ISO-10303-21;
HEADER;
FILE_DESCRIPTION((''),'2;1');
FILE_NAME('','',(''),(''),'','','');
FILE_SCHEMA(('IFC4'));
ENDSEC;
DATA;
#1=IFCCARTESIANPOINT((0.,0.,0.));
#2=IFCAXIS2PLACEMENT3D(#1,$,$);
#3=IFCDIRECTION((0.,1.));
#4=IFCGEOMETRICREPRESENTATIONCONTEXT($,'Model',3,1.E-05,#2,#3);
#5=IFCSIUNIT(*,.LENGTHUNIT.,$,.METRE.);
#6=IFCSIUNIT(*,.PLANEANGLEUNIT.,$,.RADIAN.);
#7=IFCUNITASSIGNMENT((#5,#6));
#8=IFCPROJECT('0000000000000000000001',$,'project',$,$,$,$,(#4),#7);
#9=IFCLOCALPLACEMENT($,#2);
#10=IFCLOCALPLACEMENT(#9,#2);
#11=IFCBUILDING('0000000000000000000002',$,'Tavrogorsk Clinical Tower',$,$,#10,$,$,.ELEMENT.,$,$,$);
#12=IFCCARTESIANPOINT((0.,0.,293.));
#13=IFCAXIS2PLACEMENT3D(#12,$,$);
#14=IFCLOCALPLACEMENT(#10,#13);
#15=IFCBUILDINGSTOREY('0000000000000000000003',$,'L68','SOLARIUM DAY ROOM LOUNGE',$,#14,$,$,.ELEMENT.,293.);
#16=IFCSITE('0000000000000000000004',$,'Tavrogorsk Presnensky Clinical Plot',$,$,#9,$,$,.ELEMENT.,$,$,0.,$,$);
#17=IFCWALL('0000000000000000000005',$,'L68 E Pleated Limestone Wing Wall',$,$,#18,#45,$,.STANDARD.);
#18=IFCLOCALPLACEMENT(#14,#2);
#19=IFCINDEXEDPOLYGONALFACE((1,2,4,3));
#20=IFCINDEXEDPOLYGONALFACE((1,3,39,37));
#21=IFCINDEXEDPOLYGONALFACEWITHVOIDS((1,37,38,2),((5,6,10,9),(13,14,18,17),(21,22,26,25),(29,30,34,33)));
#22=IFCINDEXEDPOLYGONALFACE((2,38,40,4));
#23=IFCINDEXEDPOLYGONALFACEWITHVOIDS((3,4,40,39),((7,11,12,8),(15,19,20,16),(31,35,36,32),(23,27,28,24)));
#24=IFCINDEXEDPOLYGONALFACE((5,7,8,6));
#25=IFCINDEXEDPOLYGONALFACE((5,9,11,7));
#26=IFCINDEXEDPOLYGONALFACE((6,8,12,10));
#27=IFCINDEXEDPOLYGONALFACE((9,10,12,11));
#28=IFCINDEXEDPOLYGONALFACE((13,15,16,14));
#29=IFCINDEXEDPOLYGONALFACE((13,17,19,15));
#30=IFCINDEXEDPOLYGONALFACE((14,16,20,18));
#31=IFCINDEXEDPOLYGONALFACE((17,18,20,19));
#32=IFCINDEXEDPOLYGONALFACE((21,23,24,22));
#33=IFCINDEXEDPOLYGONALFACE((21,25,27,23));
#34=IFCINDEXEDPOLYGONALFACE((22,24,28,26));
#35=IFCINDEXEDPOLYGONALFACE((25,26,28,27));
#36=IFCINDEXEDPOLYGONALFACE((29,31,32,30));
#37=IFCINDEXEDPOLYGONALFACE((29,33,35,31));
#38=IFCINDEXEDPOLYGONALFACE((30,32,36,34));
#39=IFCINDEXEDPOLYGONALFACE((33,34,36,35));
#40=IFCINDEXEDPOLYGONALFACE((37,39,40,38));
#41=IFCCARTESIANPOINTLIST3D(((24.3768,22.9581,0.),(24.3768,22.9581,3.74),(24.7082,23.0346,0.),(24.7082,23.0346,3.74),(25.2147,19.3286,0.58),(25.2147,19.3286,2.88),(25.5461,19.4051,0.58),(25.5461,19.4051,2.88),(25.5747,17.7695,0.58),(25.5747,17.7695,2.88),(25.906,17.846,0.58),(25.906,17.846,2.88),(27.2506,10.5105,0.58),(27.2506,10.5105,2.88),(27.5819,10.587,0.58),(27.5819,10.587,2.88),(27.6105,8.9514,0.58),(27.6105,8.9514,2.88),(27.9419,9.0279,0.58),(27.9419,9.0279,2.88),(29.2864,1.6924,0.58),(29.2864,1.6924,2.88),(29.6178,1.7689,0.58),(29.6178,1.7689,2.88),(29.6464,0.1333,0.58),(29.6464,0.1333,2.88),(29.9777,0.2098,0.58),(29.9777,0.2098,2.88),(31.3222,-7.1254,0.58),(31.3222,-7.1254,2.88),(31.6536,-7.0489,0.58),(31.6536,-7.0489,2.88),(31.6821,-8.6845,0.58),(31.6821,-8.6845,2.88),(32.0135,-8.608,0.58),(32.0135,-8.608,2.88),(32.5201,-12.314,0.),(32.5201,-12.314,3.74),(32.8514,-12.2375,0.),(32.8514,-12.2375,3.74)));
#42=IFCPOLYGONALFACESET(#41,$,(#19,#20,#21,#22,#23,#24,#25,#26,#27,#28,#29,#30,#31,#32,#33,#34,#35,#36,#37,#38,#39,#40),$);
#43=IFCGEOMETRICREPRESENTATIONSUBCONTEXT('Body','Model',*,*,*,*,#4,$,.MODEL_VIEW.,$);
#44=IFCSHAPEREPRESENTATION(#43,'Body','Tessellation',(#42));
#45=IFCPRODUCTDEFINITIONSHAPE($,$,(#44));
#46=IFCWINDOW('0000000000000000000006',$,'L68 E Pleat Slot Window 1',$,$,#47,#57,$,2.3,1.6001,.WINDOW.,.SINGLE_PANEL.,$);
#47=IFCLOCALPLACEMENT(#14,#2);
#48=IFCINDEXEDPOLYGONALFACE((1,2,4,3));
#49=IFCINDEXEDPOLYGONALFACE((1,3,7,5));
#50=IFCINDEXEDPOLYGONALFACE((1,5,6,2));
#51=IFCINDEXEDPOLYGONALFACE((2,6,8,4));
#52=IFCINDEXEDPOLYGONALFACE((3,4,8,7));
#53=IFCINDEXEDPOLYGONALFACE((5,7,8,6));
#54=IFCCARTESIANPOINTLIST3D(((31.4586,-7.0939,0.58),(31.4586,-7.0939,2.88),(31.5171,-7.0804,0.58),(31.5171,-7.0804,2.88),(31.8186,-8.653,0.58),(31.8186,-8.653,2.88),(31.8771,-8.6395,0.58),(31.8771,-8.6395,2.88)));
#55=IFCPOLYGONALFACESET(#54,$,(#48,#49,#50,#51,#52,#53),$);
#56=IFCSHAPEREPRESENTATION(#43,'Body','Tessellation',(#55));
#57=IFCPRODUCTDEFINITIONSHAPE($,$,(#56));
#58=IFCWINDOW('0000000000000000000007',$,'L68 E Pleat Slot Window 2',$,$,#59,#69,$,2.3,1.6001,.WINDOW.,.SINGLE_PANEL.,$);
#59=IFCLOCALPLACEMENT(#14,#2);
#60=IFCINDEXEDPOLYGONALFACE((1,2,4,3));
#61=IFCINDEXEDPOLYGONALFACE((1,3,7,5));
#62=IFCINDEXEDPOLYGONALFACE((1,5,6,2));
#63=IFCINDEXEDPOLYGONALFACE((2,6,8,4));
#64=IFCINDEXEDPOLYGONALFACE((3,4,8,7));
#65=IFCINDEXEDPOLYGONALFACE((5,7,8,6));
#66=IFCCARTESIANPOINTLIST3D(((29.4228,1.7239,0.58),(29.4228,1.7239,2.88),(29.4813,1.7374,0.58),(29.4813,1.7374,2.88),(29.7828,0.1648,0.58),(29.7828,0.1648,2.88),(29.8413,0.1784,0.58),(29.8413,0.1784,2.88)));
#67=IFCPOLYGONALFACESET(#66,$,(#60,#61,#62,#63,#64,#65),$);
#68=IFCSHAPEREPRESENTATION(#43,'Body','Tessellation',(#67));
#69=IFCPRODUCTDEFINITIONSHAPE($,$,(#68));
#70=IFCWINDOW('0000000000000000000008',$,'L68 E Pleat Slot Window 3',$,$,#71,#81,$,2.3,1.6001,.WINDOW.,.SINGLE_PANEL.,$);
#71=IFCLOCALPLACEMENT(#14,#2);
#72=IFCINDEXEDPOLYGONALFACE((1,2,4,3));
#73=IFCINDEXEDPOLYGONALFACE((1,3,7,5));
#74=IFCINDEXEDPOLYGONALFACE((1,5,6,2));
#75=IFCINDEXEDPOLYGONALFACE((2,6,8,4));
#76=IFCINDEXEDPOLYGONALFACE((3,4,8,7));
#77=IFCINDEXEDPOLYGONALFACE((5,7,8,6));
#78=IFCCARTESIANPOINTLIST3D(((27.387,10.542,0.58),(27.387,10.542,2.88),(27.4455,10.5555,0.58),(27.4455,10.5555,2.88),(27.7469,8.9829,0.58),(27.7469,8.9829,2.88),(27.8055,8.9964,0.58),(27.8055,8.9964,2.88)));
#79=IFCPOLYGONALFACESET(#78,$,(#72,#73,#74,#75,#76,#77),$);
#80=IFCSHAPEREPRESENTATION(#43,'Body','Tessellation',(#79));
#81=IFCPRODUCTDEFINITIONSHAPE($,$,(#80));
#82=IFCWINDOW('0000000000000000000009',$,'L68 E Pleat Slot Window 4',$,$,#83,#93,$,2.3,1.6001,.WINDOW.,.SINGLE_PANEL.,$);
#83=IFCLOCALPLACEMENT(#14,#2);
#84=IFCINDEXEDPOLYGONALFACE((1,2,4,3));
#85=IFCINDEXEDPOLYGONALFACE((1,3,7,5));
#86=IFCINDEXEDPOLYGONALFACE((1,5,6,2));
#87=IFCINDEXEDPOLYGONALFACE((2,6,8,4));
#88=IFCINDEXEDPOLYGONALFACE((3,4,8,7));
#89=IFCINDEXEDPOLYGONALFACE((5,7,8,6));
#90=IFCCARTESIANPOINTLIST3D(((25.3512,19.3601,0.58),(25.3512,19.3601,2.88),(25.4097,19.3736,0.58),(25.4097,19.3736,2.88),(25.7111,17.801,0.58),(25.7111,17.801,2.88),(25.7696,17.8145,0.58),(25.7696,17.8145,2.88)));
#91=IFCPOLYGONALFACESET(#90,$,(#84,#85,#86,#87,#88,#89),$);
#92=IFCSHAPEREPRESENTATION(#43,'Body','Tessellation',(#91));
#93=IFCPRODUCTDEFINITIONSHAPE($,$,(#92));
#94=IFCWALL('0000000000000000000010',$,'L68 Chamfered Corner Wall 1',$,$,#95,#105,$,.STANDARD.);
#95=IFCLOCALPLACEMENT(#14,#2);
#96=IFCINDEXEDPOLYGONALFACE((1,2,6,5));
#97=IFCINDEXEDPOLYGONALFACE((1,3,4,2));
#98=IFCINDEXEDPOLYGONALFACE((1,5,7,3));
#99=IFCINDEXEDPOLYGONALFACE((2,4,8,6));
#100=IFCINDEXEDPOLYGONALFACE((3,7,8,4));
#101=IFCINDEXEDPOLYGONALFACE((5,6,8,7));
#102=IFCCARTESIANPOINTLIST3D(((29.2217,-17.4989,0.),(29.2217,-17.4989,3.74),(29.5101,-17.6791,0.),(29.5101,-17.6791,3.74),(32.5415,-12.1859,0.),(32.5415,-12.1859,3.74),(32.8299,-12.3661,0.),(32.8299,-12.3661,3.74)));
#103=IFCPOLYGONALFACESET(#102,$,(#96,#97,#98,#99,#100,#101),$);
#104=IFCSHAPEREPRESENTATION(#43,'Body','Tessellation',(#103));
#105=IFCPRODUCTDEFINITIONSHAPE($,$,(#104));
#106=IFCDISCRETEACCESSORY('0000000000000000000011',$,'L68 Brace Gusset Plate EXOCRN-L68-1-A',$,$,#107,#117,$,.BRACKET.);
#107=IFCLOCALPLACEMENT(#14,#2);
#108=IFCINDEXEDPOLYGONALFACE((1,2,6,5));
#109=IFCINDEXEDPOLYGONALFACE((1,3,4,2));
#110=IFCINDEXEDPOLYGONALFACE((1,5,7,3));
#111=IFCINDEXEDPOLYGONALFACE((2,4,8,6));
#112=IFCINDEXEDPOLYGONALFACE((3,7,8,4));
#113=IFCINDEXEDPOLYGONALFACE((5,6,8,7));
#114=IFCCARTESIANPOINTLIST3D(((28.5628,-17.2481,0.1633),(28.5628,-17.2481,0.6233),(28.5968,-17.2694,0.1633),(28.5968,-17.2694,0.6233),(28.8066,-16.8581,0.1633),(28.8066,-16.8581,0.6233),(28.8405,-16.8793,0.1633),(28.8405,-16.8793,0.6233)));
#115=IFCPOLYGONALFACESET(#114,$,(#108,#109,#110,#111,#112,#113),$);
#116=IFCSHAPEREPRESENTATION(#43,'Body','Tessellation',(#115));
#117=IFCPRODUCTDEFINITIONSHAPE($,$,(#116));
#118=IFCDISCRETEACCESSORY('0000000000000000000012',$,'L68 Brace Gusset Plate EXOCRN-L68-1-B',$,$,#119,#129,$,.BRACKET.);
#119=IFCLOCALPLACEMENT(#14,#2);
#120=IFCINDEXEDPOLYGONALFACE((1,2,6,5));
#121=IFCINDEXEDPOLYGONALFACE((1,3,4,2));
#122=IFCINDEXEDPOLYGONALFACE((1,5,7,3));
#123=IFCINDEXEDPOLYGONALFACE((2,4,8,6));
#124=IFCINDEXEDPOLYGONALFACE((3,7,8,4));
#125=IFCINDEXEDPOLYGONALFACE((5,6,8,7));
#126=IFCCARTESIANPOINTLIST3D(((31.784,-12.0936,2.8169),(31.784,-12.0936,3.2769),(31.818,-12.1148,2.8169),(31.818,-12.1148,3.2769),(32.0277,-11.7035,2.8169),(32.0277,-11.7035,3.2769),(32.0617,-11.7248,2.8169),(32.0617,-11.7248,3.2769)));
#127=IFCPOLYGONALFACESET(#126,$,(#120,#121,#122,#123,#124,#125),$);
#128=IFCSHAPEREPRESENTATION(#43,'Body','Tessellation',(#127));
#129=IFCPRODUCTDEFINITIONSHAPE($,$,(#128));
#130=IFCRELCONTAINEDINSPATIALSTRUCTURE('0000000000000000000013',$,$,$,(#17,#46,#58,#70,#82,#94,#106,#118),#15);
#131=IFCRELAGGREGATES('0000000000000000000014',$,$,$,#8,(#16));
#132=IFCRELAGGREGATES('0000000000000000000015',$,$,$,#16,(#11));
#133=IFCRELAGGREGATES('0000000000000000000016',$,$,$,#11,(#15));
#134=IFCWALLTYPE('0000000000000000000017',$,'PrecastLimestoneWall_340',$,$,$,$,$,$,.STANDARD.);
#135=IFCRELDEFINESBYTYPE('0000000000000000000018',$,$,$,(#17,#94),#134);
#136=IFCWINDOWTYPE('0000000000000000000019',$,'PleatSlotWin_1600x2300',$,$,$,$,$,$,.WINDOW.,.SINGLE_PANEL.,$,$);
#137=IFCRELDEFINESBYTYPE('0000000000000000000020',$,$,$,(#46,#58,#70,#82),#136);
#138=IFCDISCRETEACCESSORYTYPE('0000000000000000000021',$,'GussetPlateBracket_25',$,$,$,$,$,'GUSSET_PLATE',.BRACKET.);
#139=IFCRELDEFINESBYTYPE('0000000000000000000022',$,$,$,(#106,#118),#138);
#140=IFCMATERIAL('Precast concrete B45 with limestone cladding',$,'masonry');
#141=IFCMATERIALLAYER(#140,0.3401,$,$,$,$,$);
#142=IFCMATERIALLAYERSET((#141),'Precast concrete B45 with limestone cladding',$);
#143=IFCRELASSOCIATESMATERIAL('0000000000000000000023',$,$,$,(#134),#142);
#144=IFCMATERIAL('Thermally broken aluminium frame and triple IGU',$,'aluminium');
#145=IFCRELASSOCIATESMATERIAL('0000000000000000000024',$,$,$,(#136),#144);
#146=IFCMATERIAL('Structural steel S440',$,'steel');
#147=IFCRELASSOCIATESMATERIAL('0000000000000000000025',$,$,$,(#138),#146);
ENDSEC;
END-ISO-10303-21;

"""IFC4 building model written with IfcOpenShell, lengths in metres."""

from ifc_helpers import new_model, si_unit, direction, frame, frame_2d, origin, origin_2d, place, context, subcontext, project, spatial, rectangle, extrude, material, layer, layer_set, type_object, element, fill, save


model = new_model("IFC4")

# Units and contexts
model_context = context("Model", 3, precision=1e-05, world=origin(), true_north=direction((0.0, 1.0)))
body_context = subcontext(model_context, "Body", "Model", "MODEL_VIEW")
ifc_project = project(units=[si_unit("LENGTHUNIT", "METRE"), si_unit("PLANEANGLEUNIT", "RADIAN")], contexts=[model_context])

# Site, building, storey
site_placement = place(None, origin())
site = spatial("IfcSite", under=ifc_project, at=site_placement, Name="Tavrogorsk Presnensky Clinical Plot", CompositionType="ELEMENT", RefElevation=0.0)
building_placement = place(site_placement, origin())
building = spatial("IfcBuilding", under=site, at=building_placement, Name="Tavrogorsk Clinical Tower", CompositionType="ELEMENT")
storey_placement = place(building_placement, frame((0.0, 0.0, 293.0)))
storey = spatial("IfcBuildingStorey", under=building, at=storey_placement, Name="L68", Description="SOLARIUM DAY ROOM LOUNGE", CompositionType="ELEMENT", Elevation=293.0)

# Wall, openings, windows
ifc_material_1 = material(Name="Precast concrete B45 with limestone cladding", Category="masonry")
ifc_layer_1 = layer(ifc_material_1, 0.3401)
ifc_layer_set_1 = layer_set([ifc_layer_1], Name="Precast concrete B45 with limestone cladding")
wall_type_1 = type_object("IfcWallType", Name="PrecastLimestoneWall_340", PredefinedType="STANDARD", material=ifc_layer_set_1)
wall_1_placement = place(storey_placement, frame((32.6858, -12.2759, 0.0), z_axis=(0.0, 0.0, 1.0), x_axis=(-0.224953, 0.97437, 0.0)))
wall_1 = element("IfcWall", 1, at=wall_1_placement, inside=storey, type_object=wall_type_1, Name="L68 E Pleated Limestone Wing Wall", PredefinedType="STANDARD", context=body_context, shape_type="SweptSolid", body=[
    extrude(rectangle(XDim=36.2, YDim=0.3401, at=frame_2d((18.1001, 0.0))), origin(), (0.0, 0.0, 1.0), 3.74),
])
opening_1_placement = place(wall_1_placement, frame((3.7251, 0.0, 0.5801)))
opening_1 = element("IfcOpeningElement", 2, at=opening_1_placement, cuts=wall_1, PredefinedType="OPENING", context=body_context, shape_type="SweptSolid", body=[
    extrude(rectangle(XDim=1.6001, YDim=2.3, at=frame_2d((0.8, 1.1499))), frame((0.0, 0.1799, 0.0), z_axis=(0.0, -1.0, 0.0), x_axis=(1.0, 0.0, 0.0)), (0.0, 0.0, 1.0), 0.3601),
])
opening_2_placement = place(wall_1_placement, frame((12.7749, 0.0, 0.5801)))
opening_2 = element("IfcOpeningElement", 3, at=opening_2_placement, cuts=wall_1, PredefinedType="OPENING", context=body_context, shape_type="SweptSolid", body=[
    extrude(rectangle(XDim=1.6001, YDim=2.3, at=frame_2d((0.8, 1.1499))), frame((0.0, 0.1799, 0.0), z_axis=(0.0, -1.0, 0.0), x_axis=(1.0, 0.0, 0.0)), (0.0, 0.0, 1.0), 0.3601),
])
opening_3_placement = place(wall_1_placement, frame((21.825, 0.0, 0.5801)))
opening_3 = element("IfcOpeningElement", 4, at=opening_3_placement, cuts=wall_1, PredefinedType="OPENING", context=body_context, shape_type="SweptSolid", body=[
    extrude(rectangle(XDim=1.6001, YDim=2.3, at=frame_2d((0.8, 1.1499))), frame((0.0, 0.1799, 0.0), z_axis=(0.0, -1.0, 0.0), x_axis=(1.0, 0.0, 0.0)), (0.0, 0.0, 1.0), 0.3601),
])
opening_4_placement = place(wall_1_placement, frame((30.875, 0.0, 0.5801)))
opening_4 = element("IfcOpeningElement", 5, at=opening_4_placement, cuts=wall_1, PredefinedType="OPENING", context=body_context, shape_type="SweptSolid", body=[
    extrude(rectangle(XDim=1.6001, YDim=2.3, at=frame_2d((0.8, 1.1499))), frame((0.0, 0.1799, 0.0), z_axis=(0.0, -1.0, 0.0), x_axis=(1.0, 0.0, 0.0)), (0.0, 0.0, 1.0), 0.3601),
])
ifc_material_2 = material(Name="Thermally broken aluminium frame and triple IGU", Category="aluminium")
window_type = type_object("IfcWindowType", Name="PleatSlotWin_1600x2300", PartitioningType="SINGLE_PANEL", PredefinedType="WINDOW", material=ifc_material_2)
window_1_placement = place(opening_1_placement, origin())
window_1 = element("IfcWindow", 6, at=window_1_placement, inside=storey, type_object=window_type, Name="L68 E Pleat Slot Window 1", OverallHeight=2.3, OverallWidth=1.6001, PartitioningType="SINGLE_PANEL", PredefinedType="WINDOW", context=body_context, shape_type="SweptSolid", body=[
    extrude(rectangle(XDim=1.6001, YDim=2.3, at=frame_2d((0.8, 1.1499))), frame((0.0, 0.03, 0.0), z_axis=(0.0, -1.0, 0.0), x_axis=(1.0, 0.0, 0.0)), (0.0, 0.0, 1.0), 0.0601),
])
fill(opening_1, window_1)
window_2_placement = place(opening_2_placement, origin())
window_2 = element("IfcWindow", 7, at=window_2_placement, inside=storey, type_object=window_type, Name="L68 E Pleat Slot Window 2", OverallHeight=2.3, OverallWidth=1.6001, PartitioningType="SINGLE_PANEL", PredefinedType="WINDOW", context=body_context, shape_type="SweptSolid", body=[
    extrude(rectangle(XDim=1.6001, YDim=2.3, at=frame_2d((0.8, 1.1499))), frame((0.0, 0.03, 0.0), z_axis=(0.0, -1.0, 0.0), x_axis=(1.0, 0.0, 0.0)), (0.0, 0.0, 1.0), 0.0601),
])
fill(opening_2, window_2)
window_3_placement = place(opening_3_placement, origin())
window_3 = element("IfcWindow", 8, at=window_3_placement, inside=storey, type_object=window_type, Name="L68 E Pleat Slot Window 3", OverallHeight=2.3, OverallWidth=1.6001, PartitioningType="SINGLE_PANEL", PredefinedType="WINDOW", context=body_context, shape_type="SweptSolid", body=[
    extrude(rectangle(XDim=1.6001, YDim=2.3, at=frame_2d((0.8, 1.1499))), frame((0.0, 0.03, 0.0), z_axis=(0.0, -1.0, 0.0), x_axis=(1.0, 0.0, 0.0)), (0.0, 0.0, 1.0), 0.0601),
])
fill(opening_3, window_3)
window_4_placement = place(opening_4_placement, origin())
window_4 = element("IfcWindow", 9, at=window_4_placement, inside=storey, type_object=window_type, Name="L68 E Pleat Slot Window 4", OverallHeight=2.3, OverallWidth=1.6001, PartitioningType="SINGLE_PANEL", PredefinedType="WINDOW", context=body_context, shape_type="SweptSolid", body=[
    extrude(rectangle(XDim=1.6001, YDim=2.3, at=frame_2d((0.8, 1.1499))), frame((0.0, 0.03, 0.0), z_axis=(0.0, -1.0, 0.0), x_axis=(1.0, 0.0, 0.0)), (0.0, 0.0, 1.0), 0.0601),
])
fill(opening_4, window_4)

# Wall
wall_2_placement = place(storey_placement, frame((29.366, -17.5889, 0.0), z_axis=(0.0, 0.0, 1.0), x_axis=(0.529908, 0.848055, 0.0)))
element("IfcWall", 10, at=wall_2_placement, inside=storey, type_object=wall_type_1, Name="L68 Chamfered Corner Wall 1", PredefinedType="STANDARD", context=body_context, shape_type="SweptSolid", body=[
    extrude(rectangle(XDim=6.2649, YDim=0.3401, at=frame_2d((3.1323, 0.0))), origin(), (0.0, 0.0, 1.0), 3.74),
])

# Discrete accessories
ifc_material_3 = material(Name="Structural steel S440", Category="steel")
discrete_accessory_type = type_object("IfcDiscreteAccessoryType", Name="GussetPlateBracket_25", ElementType="GUSSET_PLATE", PredefinedType="BRACKET", material=ifc_material_3)
for number, where, z_axis, x_axis, name in (
    (11, (28.7017, -17.0637, 0.1633), (0.0, 0.0, 1.0), (0.529919, 0.848048, 0.0), "L68 Brace Gusset Plate EXOCRN-L68-1-A"),
    (12, (31.9229, -11.9092, 2.8169), (0.0, 0.0, 1.0), (0.529919, 0.848048, 0.0), "L68 Brace Gusset Plate EXOCRN-L68-1-B"),
):
    element("IfcDiscreteAccessory", number, at=place(storey_placement, frame(where, z_axis=z_axis, x_axis=x_axis)), inside=storey, type_object=discrete_accessory_type, Name=name, PredefinedType="BRACKET", context=body_context, shape_type="SweptSolid", body=[
        extrude(rectangle(XDim=0.46, YDim=0.04, at=origin_2d()), origin(), (0.0, 0.0, 1.0), 0.46),
    ])

save(model, "model.ifc")
